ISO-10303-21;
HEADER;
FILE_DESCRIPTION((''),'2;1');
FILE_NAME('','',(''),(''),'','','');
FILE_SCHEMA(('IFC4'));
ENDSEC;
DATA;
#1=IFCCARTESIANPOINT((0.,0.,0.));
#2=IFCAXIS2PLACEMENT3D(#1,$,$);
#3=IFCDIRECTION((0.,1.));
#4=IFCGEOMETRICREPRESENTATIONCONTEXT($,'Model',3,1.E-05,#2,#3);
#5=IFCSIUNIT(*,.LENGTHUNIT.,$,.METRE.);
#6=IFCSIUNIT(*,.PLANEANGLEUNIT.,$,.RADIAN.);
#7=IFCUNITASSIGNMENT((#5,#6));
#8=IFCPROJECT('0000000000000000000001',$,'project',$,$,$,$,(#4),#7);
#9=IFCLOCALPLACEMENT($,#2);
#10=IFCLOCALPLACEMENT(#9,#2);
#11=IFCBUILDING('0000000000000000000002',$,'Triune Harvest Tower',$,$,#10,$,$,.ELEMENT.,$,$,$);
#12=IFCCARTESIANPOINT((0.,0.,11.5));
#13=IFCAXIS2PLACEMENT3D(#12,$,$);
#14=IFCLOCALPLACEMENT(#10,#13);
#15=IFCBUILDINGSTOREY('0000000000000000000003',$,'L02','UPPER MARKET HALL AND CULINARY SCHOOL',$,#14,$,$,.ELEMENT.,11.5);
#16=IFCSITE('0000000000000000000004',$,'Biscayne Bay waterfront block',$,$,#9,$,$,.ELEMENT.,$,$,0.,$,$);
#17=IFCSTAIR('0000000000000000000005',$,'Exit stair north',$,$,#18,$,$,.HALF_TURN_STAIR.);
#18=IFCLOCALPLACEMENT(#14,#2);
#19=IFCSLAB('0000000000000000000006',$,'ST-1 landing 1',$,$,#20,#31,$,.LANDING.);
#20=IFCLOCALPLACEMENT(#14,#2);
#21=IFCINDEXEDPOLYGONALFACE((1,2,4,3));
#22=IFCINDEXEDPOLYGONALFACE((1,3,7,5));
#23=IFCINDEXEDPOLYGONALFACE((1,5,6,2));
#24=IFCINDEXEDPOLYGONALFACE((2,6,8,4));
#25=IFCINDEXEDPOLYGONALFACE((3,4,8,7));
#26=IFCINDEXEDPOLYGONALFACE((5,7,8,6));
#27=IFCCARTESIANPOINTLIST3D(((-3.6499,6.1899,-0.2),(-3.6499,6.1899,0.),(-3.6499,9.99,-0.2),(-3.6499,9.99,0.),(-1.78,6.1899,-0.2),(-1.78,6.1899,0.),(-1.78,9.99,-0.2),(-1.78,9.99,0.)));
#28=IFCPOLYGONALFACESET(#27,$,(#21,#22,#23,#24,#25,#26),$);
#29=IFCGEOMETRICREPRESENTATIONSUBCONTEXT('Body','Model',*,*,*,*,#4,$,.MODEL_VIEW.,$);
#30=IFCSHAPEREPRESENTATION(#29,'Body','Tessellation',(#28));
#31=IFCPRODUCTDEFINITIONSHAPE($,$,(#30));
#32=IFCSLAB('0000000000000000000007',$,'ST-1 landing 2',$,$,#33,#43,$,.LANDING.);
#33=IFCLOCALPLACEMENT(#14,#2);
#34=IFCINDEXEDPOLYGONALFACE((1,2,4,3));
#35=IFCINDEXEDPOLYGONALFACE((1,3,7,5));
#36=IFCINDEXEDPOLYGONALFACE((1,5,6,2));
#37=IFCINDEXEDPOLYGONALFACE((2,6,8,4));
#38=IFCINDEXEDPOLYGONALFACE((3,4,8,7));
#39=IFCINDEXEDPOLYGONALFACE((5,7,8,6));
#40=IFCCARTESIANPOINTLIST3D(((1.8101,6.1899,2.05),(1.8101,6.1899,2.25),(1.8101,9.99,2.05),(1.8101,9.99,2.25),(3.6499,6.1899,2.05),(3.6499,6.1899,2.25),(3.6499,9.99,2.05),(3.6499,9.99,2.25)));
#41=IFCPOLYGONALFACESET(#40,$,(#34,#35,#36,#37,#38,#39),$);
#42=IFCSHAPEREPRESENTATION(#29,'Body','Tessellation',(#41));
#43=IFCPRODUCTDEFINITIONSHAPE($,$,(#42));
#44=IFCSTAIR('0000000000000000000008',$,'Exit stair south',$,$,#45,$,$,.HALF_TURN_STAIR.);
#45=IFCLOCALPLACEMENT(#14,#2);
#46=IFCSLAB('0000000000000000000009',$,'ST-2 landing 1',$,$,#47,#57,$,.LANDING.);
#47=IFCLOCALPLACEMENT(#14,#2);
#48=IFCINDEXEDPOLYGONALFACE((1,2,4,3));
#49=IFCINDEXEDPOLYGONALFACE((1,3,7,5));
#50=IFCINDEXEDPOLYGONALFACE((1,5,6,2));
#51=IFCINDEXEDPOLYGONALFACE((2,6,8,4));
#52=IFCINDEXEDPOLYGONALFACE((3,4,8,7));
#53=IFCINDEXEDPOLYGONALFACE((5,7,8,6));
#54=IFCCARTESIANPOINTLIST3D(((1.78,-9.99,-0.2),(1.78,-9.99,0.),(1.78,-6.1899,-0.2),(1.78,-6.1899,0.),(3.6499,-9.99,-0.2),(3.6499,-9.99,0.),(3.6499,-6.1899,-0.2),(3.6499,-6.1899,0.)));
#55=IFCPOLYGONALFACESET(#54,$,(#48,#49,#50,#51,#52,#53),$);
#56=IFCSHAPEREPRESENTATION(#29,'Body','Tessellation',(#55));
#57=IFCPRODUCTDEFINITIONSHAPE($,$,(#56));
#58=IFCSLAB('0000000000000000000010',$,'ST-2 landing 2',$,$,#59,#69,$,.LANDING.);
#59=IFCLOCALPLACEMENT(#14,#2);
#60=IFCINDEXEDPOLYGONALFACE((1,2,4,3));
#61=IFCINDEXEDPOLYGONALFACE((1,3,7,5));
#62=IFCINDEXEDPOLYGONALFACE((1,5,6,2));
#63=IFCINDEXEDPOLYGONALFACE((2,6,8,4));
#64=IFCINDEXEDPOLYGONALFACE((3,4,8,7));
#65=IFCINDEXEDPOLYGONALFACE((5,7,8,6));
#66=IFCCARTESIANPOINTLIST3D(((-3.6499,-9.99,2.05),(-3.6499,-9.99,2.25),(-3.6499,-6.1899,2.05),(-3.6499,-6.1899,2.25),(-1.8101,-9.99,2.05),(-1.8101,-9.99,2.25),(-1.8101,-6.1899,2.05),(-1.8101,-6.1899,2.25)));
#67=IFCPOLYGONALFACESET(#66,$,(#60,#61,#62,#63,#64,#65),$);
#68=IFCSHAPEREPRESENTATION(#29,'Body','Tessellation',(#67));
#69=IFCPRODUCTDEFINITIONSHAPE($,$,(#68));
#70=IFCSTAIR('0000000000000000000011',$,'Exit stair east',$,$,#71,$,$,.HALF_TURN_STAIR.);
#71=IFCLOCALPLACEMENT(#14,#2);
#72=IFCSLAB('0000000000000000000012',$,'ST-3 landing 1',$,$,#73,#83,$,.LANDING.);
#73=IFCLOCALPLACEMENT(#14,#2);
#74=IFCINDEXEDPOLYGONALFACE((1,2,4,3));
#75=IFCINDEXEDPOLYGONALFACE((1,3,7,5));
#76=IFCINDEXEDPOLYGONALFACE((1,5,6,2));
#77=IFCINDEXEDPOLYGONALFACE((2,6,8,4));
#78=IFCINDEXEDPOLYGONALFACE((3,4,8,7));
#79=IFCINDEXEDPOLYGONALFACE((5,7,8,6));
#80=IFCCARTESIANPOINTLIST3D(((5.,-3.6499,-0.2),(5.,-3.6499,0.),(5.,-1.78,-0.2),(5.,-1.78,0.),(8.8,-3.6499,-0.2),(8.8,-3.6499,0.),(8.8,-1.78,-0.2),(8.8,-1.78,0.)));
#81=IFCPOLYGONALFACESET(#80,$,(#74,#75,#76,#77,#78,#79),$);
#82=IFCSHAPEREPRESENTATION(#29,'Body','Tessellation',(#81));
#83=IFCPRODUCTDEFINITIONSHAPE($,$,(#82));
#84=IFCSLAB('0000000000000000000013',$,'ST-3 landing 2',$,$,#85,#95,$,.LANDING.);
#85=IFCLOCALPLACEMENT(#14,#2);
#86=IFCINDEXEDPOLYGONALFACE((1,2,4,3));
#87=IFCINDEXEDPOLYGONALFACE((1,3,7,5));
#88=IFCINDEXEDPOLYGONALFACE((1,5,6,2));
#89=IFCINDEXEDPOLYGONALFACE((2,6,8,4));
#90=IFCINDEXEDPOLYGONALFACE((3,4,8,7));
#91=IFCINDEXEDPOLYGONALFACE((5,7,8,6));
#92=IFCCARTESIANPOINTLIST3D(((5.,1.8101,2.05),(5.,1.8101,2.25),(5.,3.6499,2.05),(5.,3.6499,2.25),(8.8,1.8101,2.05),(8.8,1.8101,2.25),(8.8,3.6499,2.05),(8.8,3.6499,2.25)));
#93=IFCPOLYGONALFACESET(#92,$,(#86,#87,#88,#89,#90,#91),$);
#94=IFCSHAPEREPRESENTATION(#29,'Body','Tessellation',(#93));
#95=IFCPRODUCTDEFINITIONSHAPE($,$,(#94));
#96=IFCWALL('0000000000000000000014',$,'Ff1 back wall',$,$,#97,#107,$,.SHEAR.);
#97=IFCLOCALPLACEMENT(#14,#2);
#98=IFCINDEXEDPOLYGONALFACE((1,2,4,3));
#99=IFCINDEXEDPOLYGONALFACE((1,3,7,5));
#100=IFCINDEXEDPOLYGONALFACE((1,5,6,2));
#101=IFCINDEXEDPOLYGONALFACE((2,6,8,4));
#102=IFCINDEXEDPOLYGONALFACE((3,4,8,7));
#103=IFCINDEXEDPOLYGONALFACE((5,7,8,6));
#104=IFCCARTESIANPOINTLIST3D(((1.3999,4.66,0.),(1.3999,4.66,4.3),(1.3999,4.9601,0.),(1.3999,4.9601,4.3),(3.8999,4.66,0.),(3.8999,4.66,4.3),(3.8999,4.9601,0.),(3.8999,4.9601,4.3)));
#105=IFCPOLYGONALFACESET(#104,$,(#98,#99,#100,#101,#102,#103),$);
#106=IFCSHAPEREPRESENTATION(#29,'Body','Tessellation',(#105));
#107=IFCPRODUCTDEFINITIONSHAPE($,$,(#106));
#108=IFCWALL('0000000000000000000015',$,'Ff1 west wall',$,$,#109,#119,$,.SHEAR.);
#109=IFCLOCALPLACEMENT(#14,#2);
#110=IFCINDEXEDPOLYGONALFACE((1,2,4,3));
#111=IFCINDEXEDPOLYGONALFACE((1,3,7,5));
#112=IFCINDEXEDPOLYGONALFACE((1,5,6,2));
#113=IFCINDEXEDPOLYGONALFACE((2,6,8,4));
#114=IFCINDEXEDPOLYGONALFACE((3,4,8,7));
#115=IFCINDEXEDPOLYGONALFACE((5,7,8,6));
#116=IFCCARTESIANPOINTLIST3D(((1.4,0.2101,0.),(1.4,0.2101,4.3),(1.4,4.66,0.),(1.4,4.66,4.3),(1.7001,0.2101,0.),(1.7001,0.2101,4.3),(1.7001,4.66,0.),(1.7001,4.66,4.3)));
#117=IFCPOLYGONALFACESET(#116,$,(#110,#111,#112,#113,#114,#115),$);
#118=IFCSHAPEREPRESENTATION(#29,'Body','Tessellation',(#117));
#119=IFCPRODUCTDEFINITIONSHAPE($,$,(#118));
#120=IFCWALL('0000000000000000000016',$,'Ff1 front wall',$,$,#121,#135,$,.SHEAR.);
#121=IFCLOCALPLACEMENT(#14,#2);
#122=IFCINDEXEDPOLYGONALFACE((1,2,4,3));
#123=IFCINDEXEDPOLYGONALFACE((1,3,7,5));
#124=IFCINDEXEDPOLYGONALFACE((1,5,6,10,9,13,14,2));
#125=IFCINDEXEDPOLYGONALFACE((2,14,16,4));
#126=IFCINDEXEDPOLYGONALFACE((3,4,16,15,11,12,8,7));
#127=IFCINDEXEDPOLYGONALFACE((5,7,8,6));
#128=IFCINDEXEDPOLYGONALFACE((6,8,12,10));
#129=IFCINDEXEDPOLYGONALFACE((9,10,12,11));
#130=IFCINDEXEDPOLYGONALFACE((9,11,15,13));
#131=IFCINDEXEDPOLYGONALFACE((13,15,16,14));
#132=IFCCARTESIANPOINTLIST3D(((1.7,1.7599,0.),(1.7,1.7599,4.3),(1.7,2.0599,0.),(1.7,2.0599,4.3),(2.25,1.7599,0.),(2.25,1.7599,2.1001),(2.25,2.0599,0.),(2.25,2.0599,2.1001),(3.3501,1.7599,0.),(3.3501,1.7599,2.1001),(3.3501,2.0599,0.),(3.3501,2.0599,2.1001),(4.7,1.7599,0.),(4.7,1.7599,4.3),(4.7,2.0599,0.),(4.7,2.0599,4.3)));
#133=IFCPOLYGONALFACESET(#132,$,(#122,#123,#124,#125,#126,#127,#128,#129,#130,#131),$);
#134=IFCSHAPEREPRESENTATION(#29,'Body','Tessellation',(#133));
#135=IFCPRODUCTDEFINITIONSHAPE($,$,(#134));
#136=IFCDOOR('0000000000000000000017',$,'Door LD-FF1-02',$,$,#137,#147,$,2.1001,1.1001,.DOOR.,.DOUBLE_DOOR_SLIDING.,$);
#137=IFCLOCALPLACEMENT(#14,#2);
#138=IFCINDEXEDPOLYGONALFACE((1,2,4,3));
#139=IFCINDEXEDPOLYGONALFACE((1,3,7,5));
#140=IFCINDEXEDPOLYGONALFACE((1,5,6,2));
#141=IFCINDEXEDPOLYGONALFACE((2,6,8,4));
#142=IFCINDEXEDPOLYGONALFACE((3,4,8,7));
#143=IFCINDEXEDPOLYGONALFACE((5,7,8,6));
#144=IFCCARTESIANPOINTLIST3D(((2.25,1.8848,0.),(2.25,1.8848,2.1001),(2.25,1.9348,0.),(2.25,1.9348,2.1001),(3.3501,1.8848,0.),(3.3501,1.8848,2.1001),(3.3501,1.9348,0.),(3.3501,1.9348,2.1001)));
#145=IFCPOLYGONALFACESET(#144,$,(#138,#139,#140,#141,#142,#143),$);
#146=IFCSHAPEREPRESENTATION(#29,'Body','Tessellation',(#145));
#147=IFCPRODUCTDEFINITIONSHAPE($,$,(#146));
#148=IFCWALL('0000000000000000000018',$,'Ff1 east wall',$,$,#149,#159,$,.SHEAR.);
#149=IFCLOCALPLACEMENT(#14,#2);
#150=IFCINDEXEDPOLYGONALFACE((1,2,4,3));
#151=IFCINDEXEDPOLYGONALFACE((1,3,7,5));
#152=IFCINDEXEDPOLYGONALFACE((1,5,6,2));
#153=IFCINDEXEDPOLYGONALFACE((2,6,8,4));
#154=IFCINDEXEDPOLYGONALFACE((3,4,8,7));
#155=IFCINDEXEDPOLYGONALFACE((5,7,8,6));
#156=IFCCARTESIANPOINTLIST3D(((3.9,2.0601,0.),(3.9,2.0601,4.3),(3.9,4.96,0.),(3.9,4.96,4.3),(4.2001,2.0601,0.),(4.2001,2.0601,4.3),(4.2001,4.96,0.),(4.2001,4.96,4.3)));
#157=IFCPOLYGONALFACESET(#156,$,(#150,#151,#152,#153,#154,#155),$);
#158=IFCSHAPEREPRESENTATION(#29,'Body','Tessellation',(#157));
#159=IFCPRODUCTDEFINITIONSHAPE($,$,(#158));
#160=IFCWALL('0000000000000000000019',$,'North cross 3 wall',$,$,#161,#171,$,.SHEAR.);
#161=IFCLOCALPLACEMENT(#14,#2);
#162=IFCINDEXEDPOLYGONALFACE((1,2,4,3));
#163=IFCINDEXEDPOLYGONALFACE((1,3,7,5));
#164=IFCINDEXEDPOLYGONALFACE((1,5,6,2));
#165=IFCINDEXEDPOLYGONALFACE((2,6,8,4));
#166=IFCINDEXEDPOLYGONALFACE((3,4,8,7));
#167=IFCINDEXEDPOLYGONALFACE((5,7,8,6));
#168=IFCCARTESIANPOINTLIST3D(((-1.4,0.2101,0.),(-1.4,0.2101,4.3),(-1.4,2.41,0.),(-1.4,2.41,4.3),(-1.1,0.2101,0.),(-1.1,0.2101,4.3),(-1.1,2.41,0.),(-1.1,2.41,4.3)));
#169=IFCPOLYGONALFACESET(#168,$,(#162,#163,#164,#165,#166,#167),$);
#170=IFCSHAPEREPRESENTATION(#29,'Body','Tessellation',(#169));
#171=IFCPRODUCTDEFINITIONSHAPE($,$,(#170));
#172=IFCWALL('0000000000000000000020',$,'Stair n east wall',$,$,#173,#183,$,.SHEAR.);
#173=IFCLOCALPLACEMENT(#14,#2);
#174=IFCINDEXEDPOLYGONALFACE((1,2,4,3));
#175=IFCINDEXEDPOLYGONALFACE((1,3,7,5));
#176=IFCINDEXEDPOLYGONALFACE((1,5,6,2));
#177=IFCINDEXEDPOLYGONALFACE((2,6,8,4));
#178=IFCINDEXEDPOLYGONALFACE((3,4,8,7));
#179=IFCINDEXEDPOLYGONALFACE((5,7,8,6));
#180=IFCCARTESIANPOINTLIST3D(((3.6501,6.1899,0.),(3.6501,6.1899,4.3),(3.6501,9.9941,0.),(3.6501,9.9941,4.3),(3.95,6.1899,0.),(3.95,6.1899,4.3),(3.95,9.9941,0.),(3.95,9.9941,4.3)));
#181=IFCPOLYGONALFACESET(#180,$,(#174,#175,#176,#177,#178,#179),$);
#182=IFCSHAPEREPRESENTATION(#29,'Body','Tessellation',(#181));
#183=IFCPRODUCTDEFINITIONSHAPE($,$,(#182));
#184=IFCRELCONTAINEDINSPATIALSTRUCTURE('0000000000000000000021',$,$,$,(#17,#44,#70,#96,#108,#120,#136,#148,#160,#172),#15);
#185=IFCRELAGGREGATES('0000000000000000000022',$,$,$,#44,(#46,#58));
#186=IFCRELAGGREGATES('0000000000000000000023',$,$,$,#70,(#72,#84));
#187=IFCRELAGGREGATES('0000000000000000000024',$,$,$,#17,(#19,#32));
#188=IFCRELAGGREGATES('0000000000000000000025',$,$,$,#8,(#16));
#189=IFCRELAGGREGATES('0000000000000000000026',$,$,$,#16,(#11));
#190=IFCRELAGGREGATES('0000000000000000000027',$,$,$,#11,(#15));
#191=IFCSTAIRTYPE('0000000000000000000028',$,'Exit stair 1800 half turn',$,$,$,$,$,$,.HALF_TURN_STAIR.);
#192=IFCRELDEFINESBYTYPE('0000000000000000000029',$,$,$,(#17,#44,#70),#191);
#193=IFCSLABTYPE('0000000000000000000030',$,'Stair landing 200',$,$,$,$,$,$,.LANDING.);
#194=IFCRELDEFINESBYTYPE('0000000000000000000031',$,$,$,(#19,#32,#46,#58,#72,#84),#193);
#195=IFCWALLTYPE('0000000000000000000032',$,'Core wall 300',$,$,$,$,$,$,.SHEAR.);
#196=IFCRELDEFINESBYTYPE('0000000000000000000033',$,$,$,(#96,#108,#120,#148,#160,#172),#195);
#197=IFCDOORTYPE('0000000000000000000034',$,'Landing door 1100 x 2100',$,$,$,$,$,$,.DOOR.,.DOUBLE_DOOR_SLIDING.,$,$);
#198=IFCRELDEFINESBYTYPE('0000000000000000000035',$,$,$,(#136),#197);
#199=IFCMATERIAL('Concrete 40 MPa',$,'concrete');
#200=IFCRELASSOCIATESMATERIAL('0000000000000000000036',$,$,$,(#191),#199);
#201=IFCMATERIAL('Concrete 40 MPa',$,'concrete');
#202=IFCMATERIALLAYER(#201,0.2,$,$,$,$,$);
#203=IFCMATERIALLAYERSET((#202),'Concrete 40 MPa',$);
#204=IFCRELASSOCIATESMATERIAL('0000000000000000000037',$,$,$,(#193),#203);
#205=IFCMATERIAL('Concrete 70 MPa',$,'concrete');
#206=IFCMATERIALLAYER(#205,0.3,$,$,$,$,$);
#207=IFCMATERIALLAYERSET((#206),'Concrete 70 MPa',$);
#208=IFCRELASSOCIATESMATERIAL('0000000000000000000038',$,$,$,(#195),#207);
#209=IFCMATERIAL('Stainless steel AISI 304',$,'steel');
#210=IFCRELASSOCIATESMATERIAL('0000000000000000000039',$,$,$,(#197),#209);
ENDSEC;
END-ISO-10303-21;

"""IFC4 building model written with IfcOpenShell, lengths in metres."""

from ifc_helpers import new_model, si_unit, direction, frame, frame_2d, origin, place, context, subcontext, project, spatial, polyline, rectangle, outline, extrude, source, transform, mapped, material, layer, layer_set, type_object, element, fill, aggregate, save


model = new_model("IFC4")

# Units and contexts
model_context = context("Model", 3, precision=1e-05, world=origin(), true_north=direction((0.0, 1.0)))
body_context = subcontext(model_context, "Body", "Model", "MODEL_VIEW")
ifc_project = project(units=[si_unit("LENGTHUNIT", "METRE"), si_unit("PLANEANGLEUNIT", "RADIAN")], contexts=[model_context])

# Site, building, storey
site_placement = place(None, origin())
site = spatial("IfcSite", under=ifc_project, at=site_placement, Name="Biscayne Bay waterfront block", CompositionType="ELEMENT", RefElevation=0.0)
building_placement = place(site_placement, origin())
building = spatial("IfcBuilding", under=site, at=building_placement, Name="Triune Harvest Tower", CompositionType="ELEMENT")
storey_placement = place(building_placement, frame((0.0, 0.0, 11.5)))
storey = spatial("IfcBuildingStorey", under=building, at=storey_placement, Name="L02", Description="UPPER MARKET HALL AND CULINARY SCHOOL", CompositionType="ELEMENT", Elevation=11.5)

# Stairs, slabs
ifc_material_1 = material(Name="Concrete 40 MPa", Category="concrete")
stair_type = type_object("IfcStairType", Name="Exit stair 1800 half turn", PredefinedType="HALF_TURN_STAIR", material=ifc_material_1)
stair_1_placement = place(storey_placement, origin())
stair_1 = element("IfcStair", 1, at=stair_1_placement, inside=storey, type_object=stair_type, Name="Exit stair north", PredefinedType="HALF_TURN_STAIR")
ifc_material_2 = material(Name="Concrete 40 MPa", Category="concrete")
ifc_layer_1 = layer(ifc_material_2, 0.2)
ifc_layer_set_1 = layer_set([ifc_layer_1], Name="Concrete 40 MPa")
slab_type = type_object("IfcSlabType", Name="Stair landing 200", PredefinedType="LANDING", material=ifc_layer_set_1)
shared_shape_1 = source(origin(), body_context, "Body", "SweptSolid", [
    extrude(outline(polyline([(-3.6499, 6.1899), (-1.78, 6.1899), (-1.78, 9.99), (-3.6499, 9.99), (-3.6499, 6.1899)])), origin(), (0.0, 0.0, 1.0), 0.2),
])
slab_1_placement = place(storey_placement, frame((0.0, 0.0, -0.2)))
slab_1 = element("IfcSlab", 2, at=slab_1_placement, type_object=slab_type, Name="ST-1 landing 1", PredefinedType="LANDING", context=body_context, shape_type="MappedRepresentation", body=[
    mapped(shared_shape_1, transform((0.0, 0.0, 0.0), scale=1.0)),
])
shared_shape_2 = source(origin(), body_context, "Body", "SweptSolid", [
    extrude(outline(polyline([(1.8101, 6.1899), (3.6499, 6.1899), (3.6499, 9.99), (1.8101, 9.99), (1.8101, 6.1899)])), origin(), (0.0, 0.0, 1.0), 0.2),
])
slab_2_placement = place(storey_placement, frame((0.0, 0.0, 2.05)))
slab_2 = element("IfcSlab", 3, at=slab_2_placement, type_object=slab_type, Name="ST-1 landing 2", PredefinedType="LANDING", context=body_context, shape_type="MappedRepresentation", body=[
    mapped(shared_shape_2, transform((0.0, 0.0, 0.0), scale=1.0)),
])
stair_2_placement = place(storey_placement, origin())
stair_2 = element("IfcStair", 4, at=stair_2_placement, inside=storey, type_object=stair_type, Name="Exit stair south", PredefinedType="HALF_TURN_STAIR")
shared_shape_3 = source(origin(), body_context, "Body", "SweptSolid", [
    extrude(outline(polyline([(3.6499, -6.1899), (1.78, -6.1899), (1.78, -9.99), (3.6499, -9.99), (3.6499, -6.1899)])), origin(), (0.0, 0.0, 1.0), 0.2),
])
slab_3_placement = place(storey_placement, frame((0.0, 0.0, -0.2)))
slab_3 = element("IfcSlab", 5, at=slab_3_placement, type_object=slab_type, Name="ST-2 landing 1", PredefinedType="LANDING", context=body_context, shape_type="MappedRepresentation", body=[
    mapped(shared_shape_3, transform((0.0, 0.0, 0.0), scale=1.0)),
])
shared_shape_4 = source(origin(), body_context, "Body", "SweptSolid", [
    extrude(outline(polyline([(-1.8101, -6.1899), (-3.6499, -6.1899), (-3.6499, -9.99), (-1.8101, -9.99), (-1.8101, -6.1899)])), origin(), (0.0, 0.0, 1.0), 0.2),
])
slab_4_placement = place(storey_placement, frame((0.0, 0.0, 2.05)))
slab_4 = element("IfcSlab", 6, at=slab_4_placement, type_object=slab_type, Name="ST-2 landing 2", PredefinedType="LANDING", context=body_context, shape_type="MappedRepresentation", body=[
    mapped(shared_shape_4, transform((0.0, 0.0, 0.0), scale=1.0)),
])
aggregate(stair_2, [slab_3, slab_4])
stair_3_placement = place(storey_placement, origin())
stair_3 = element("IfcStair", 7, at=stair_3_placement, inside=storey, type_object=stair_type, Name="Exit stair east", PredefinedType="HALF_TURN_STAIR")
shared_shape_5 = source(origin(), body_context, "Body", "SweptSolid", [
    extrude(outline(polyline([(8.8, -3.6499), (8.8, -1.78), (5.0, -1.78), (5.0, -3.6499), (8.8, -3.6499)])), origin(), (0.0, 0.0, 1.0), 0.2),
])
slab_5_placement = place(storey_placement, frame((0.0, 0.0, -0.2)))
slab_5 = element("IfcSlab", 8, at=slab_5_placement, type_object=slab_type, Name="ST-3 landing 1", PredefinedType="LANDING", context=body_context, shape_type="MappedRepresentation", body=[
    mapped(shared_shape_5, transform((0.0, 0.0, 0.0), scale=1.0)),
])
shared_shape_6 = source(origin(), body_context, "Body", "SweptSolid", [
    extrude(outline(polyline([(8.8, 1.8101), (8.8, 3.6499), (5.0, 3.6499), (5.0, 1.8101), (8.8, 1.8101)])), origin(), (0.0, 0.0, 1.0), 0.2),
])
slab_6_placement = place(storey_placement, frame((0.0, 0.0, 2.05)))
slab_6 = element("IfcSlab", 9, at=slab_6_placement, type_object=slab_type, Name="ST-3 landing 2", PredefinedType="LANDING", context=body_context, shape_type="MappedRepresentation", body=[
    mapped(shared_shape_6, transform((0.0, 0.0, 0.0), scale=1.0)),
])
aggregate(stair_3, [slab_5, slab_6])

# Walls
ifc_material_3 = material(Name="Concrete 70 MPa", Category="concrete")
ifc_layer_2 = layer(ifc_material_3, 0.3)
ifc_layer_set_2 = layer_set([ifc_layer_2], Name="Concrete 70 MPa")
wall_type_1 = type_object("IfcWallType", Name="Core wall 300", PredefinedType="SHEAR", material=ifc_layer_set_2)
shared_shape_7 = source(origin(), body_context, "Body", "SweptSolid", [
    extrude(rectangle(XDim=2.5, YDim=0.3, at=frame_2d((1.25, 0.0))), origin(), (0.0, 0.0, 1.0), 4.3),
])
wall_1_placement = place(storey_placement, frame((1.3999, 4.8101, 0.0), z_axis=(0.0, 0.0, 1.0), x_axis=(1.0, 0.0, 0.0)))
element("IfcWall", 10, at=wall_1_placement, inside=storey, type_object=wall_type_1, Name="Ff1 back wall", PredefinedType="SHEAR", context=body_context, shape_type="MappedRepresentation", body=[
    mapped(shared_shape_7, transform((0.0, 0.0, 0.0), scale=1.0)),
])
shared_shape_8 = source(origin(), body_context, "Body", "SweptSolid", [
    extrude(rectangle(XDim=4.45, YDim=0.3, at=frame_2d((2.2251, 0.0))), origin(), (0.0, 0.0, 1.0), 4.3),
])
wall_2_placement = place(storey_placement, frame((1.55, 0.21, 0.0), z_axis=(0.0, 0.0, 1.0), x_axis=(0.0, 1.0, 0.0)))
element("IfcWall", 11, at=wall_2_placement, inside=storey, type_object=wall_type_1, Name="Ff1 west wall", PredefinedType="SHEAR", context=body_context, shape_type="MappedRepresentation", body=[
    mapped(shared_shape_8, transform((0.0, 0.0, 0.0), scale=1.0)),
])

# Wall, opening, door
shared_shape_9 = source(origin(), body_context, "Body", "SweptSolid", [
    extrude(rectangle(XDim=3.0, YDim=0.3, at=frame_2d((1.5, 0.0))), origin(), (0.0, 0.0, 1.0), 4.3),
])
wall_3_placement = place(storey_placement, frame((1.7, 1.9099, 0.0), z_axis=(0.0, 0.0, 1.0), x_axis=(1.0, 0.0, 0.0)))
wall_3 = element("IfcWall", 12, at=wall_3_placement, inside=storey, type_object=wall_type_1, Name="Ff1 front wall", PredefinedType="SHEAR", context=body_context, shape_type="MappedRepresentation", body=[
    mapped(shared_shape_9, transform((0.0, 0.0, 0.0), scale=1.0)),
])
opening_1_placement = place(wall_3_placement, frame((0.55, 0.0, 0.0)))
opening_1 = element("IfcOpeningElement", 13, at=opening_1_placement, cuts=wall_3, PredefinedType="OPENING", context=body_context, shape_type="SweptSolid", body=[
    extrude(rectangle(XDim=1.1001, YDim=2.1001, at=frame_2d((0.55, 1.05))), frame((0.0, 0.1602, 0.0), z_axis=(0.0, -1.0, 0.0), x_axis=(1.0, 0.0, 0.0)), (0.0, 0.0, 1.0), 0.3201),
])
ifc_material_4 = material(Name="Stainless steel AISI 304", Category="steel")
door_type_1 = type_object("IfcDoorType", Name="Landing door 1100 x 2100", OperationType="DOUBLE_DOOR_SLIDING", PredefinedType="DOOR", material=ifc_material_4)
door_1_placement = place(opening_1_placement, origin())
door_1 = element("IfcDoor", 14, at=door_1_placement, inside=storey, type_object=door_type_1, Name="Door LD-FF1-02", OperationType="DOUBLE_DOOR_SLIDING", OverallHeight=2.1001, OverallWidth=1.1001, PredefinedType="DOOR", context=body_context, shape_type="SweptSolid", body=[
    extrude(rectangle(XDim=1.1001, YDim=2.1001, at=frame_2d((0.55, 1.05))), frame((0.0, 0.0249, 0.0), z_axis=(0.0, -1.0, 0.0), x_axis=(1.0, 0.0, 0.0)), (0.0, 0.0, 1.0), 0.05),
])
fill(opening_1, door_1)

# Walls
shared_shape_10 = source(origin(), body_context, "Body", "SweptSolid", [
    extrude(rectangle(XDim=2.8999, YDim=0.3, at=frame_2d((1.45, 0.0))), origin(), (0.0, 0.0, 1.0), 4.3),
])
wall_4_placement = place(storey_placement, frame((4.05, 2.0601, 0.0), z_axis=(0.0, 0.0, 1.0), x_axis=(0.0, 1.0, 0.0)))
element("IfcWall", 15, at=wall_4_placement, inside=storey, type_object=wall_type_1, Name="Ff1 east wall", PredefinedType="SHEAR", context=body_context, shape_type="MappedRepresentation", body=[
    mapped(shared_shape_10, transform((0.0, 0.0, 0.0), scale=1.0)),
])
shared_shape_11 = source(origin(), body_context, "Body", "SweptSolid", [
    extrude(rectangle(XDim=2.2, YDim=0.3, at=frame_2d((1.1001, 0.0))), origin(), (0.0, 0.0, 1.0), 4.3),
])
wall_5_placement = place(storey_placement, frame((-1.25, 0.21, 0.0), z_axis=(0.0, 0.0, 1.0), x_axis=(0.0, 1.0, 0.0)))
element("IfcWall", 16, at=wall_5_placement, inside=storey, type_object=wall_type_1, Name="North cross 3 wall", PredefinedType="SHEAR", context=body_context, shape_type="MappedRepresentation", body=[
    mapped(shared_shape_11, transform((0.0, 0.0, 0.0), scale=1.0)),
])
shared_shape_12 = source(origin(), body_context, "Body", "SweptSolid", [
    extrude(outline(polyline([(0.0, -0.1499), (0.0, 0.1499), (3.8042, 0.1499), (3.8042, -0.1499), (0.0, -0.1499)])), origin(), (0.0, 0.0, 1.0), 4.3),
])
wall_6_placement = place(storey_placement, frame((3.8, 6.1899, 0.0), z_axis=(0.0, 0.0, 1.0), x_axis=(0.0, 1.0, 0.0)))
element("IfcWall", 17, at=wall_6_placement, inside=storey, type_object=wall_type_1, Name="Stair n east wall", PredefinedType="SHEAR", context=body_context, shape_type="MappedRepresentation", body=[
    mapped(shared_shape_12, transform((0.0, 0.0, 0.0), scale=1.0)),
])

aggregate(stair_1, [slab_1, slab_2])

save(model, "model.ifc")
